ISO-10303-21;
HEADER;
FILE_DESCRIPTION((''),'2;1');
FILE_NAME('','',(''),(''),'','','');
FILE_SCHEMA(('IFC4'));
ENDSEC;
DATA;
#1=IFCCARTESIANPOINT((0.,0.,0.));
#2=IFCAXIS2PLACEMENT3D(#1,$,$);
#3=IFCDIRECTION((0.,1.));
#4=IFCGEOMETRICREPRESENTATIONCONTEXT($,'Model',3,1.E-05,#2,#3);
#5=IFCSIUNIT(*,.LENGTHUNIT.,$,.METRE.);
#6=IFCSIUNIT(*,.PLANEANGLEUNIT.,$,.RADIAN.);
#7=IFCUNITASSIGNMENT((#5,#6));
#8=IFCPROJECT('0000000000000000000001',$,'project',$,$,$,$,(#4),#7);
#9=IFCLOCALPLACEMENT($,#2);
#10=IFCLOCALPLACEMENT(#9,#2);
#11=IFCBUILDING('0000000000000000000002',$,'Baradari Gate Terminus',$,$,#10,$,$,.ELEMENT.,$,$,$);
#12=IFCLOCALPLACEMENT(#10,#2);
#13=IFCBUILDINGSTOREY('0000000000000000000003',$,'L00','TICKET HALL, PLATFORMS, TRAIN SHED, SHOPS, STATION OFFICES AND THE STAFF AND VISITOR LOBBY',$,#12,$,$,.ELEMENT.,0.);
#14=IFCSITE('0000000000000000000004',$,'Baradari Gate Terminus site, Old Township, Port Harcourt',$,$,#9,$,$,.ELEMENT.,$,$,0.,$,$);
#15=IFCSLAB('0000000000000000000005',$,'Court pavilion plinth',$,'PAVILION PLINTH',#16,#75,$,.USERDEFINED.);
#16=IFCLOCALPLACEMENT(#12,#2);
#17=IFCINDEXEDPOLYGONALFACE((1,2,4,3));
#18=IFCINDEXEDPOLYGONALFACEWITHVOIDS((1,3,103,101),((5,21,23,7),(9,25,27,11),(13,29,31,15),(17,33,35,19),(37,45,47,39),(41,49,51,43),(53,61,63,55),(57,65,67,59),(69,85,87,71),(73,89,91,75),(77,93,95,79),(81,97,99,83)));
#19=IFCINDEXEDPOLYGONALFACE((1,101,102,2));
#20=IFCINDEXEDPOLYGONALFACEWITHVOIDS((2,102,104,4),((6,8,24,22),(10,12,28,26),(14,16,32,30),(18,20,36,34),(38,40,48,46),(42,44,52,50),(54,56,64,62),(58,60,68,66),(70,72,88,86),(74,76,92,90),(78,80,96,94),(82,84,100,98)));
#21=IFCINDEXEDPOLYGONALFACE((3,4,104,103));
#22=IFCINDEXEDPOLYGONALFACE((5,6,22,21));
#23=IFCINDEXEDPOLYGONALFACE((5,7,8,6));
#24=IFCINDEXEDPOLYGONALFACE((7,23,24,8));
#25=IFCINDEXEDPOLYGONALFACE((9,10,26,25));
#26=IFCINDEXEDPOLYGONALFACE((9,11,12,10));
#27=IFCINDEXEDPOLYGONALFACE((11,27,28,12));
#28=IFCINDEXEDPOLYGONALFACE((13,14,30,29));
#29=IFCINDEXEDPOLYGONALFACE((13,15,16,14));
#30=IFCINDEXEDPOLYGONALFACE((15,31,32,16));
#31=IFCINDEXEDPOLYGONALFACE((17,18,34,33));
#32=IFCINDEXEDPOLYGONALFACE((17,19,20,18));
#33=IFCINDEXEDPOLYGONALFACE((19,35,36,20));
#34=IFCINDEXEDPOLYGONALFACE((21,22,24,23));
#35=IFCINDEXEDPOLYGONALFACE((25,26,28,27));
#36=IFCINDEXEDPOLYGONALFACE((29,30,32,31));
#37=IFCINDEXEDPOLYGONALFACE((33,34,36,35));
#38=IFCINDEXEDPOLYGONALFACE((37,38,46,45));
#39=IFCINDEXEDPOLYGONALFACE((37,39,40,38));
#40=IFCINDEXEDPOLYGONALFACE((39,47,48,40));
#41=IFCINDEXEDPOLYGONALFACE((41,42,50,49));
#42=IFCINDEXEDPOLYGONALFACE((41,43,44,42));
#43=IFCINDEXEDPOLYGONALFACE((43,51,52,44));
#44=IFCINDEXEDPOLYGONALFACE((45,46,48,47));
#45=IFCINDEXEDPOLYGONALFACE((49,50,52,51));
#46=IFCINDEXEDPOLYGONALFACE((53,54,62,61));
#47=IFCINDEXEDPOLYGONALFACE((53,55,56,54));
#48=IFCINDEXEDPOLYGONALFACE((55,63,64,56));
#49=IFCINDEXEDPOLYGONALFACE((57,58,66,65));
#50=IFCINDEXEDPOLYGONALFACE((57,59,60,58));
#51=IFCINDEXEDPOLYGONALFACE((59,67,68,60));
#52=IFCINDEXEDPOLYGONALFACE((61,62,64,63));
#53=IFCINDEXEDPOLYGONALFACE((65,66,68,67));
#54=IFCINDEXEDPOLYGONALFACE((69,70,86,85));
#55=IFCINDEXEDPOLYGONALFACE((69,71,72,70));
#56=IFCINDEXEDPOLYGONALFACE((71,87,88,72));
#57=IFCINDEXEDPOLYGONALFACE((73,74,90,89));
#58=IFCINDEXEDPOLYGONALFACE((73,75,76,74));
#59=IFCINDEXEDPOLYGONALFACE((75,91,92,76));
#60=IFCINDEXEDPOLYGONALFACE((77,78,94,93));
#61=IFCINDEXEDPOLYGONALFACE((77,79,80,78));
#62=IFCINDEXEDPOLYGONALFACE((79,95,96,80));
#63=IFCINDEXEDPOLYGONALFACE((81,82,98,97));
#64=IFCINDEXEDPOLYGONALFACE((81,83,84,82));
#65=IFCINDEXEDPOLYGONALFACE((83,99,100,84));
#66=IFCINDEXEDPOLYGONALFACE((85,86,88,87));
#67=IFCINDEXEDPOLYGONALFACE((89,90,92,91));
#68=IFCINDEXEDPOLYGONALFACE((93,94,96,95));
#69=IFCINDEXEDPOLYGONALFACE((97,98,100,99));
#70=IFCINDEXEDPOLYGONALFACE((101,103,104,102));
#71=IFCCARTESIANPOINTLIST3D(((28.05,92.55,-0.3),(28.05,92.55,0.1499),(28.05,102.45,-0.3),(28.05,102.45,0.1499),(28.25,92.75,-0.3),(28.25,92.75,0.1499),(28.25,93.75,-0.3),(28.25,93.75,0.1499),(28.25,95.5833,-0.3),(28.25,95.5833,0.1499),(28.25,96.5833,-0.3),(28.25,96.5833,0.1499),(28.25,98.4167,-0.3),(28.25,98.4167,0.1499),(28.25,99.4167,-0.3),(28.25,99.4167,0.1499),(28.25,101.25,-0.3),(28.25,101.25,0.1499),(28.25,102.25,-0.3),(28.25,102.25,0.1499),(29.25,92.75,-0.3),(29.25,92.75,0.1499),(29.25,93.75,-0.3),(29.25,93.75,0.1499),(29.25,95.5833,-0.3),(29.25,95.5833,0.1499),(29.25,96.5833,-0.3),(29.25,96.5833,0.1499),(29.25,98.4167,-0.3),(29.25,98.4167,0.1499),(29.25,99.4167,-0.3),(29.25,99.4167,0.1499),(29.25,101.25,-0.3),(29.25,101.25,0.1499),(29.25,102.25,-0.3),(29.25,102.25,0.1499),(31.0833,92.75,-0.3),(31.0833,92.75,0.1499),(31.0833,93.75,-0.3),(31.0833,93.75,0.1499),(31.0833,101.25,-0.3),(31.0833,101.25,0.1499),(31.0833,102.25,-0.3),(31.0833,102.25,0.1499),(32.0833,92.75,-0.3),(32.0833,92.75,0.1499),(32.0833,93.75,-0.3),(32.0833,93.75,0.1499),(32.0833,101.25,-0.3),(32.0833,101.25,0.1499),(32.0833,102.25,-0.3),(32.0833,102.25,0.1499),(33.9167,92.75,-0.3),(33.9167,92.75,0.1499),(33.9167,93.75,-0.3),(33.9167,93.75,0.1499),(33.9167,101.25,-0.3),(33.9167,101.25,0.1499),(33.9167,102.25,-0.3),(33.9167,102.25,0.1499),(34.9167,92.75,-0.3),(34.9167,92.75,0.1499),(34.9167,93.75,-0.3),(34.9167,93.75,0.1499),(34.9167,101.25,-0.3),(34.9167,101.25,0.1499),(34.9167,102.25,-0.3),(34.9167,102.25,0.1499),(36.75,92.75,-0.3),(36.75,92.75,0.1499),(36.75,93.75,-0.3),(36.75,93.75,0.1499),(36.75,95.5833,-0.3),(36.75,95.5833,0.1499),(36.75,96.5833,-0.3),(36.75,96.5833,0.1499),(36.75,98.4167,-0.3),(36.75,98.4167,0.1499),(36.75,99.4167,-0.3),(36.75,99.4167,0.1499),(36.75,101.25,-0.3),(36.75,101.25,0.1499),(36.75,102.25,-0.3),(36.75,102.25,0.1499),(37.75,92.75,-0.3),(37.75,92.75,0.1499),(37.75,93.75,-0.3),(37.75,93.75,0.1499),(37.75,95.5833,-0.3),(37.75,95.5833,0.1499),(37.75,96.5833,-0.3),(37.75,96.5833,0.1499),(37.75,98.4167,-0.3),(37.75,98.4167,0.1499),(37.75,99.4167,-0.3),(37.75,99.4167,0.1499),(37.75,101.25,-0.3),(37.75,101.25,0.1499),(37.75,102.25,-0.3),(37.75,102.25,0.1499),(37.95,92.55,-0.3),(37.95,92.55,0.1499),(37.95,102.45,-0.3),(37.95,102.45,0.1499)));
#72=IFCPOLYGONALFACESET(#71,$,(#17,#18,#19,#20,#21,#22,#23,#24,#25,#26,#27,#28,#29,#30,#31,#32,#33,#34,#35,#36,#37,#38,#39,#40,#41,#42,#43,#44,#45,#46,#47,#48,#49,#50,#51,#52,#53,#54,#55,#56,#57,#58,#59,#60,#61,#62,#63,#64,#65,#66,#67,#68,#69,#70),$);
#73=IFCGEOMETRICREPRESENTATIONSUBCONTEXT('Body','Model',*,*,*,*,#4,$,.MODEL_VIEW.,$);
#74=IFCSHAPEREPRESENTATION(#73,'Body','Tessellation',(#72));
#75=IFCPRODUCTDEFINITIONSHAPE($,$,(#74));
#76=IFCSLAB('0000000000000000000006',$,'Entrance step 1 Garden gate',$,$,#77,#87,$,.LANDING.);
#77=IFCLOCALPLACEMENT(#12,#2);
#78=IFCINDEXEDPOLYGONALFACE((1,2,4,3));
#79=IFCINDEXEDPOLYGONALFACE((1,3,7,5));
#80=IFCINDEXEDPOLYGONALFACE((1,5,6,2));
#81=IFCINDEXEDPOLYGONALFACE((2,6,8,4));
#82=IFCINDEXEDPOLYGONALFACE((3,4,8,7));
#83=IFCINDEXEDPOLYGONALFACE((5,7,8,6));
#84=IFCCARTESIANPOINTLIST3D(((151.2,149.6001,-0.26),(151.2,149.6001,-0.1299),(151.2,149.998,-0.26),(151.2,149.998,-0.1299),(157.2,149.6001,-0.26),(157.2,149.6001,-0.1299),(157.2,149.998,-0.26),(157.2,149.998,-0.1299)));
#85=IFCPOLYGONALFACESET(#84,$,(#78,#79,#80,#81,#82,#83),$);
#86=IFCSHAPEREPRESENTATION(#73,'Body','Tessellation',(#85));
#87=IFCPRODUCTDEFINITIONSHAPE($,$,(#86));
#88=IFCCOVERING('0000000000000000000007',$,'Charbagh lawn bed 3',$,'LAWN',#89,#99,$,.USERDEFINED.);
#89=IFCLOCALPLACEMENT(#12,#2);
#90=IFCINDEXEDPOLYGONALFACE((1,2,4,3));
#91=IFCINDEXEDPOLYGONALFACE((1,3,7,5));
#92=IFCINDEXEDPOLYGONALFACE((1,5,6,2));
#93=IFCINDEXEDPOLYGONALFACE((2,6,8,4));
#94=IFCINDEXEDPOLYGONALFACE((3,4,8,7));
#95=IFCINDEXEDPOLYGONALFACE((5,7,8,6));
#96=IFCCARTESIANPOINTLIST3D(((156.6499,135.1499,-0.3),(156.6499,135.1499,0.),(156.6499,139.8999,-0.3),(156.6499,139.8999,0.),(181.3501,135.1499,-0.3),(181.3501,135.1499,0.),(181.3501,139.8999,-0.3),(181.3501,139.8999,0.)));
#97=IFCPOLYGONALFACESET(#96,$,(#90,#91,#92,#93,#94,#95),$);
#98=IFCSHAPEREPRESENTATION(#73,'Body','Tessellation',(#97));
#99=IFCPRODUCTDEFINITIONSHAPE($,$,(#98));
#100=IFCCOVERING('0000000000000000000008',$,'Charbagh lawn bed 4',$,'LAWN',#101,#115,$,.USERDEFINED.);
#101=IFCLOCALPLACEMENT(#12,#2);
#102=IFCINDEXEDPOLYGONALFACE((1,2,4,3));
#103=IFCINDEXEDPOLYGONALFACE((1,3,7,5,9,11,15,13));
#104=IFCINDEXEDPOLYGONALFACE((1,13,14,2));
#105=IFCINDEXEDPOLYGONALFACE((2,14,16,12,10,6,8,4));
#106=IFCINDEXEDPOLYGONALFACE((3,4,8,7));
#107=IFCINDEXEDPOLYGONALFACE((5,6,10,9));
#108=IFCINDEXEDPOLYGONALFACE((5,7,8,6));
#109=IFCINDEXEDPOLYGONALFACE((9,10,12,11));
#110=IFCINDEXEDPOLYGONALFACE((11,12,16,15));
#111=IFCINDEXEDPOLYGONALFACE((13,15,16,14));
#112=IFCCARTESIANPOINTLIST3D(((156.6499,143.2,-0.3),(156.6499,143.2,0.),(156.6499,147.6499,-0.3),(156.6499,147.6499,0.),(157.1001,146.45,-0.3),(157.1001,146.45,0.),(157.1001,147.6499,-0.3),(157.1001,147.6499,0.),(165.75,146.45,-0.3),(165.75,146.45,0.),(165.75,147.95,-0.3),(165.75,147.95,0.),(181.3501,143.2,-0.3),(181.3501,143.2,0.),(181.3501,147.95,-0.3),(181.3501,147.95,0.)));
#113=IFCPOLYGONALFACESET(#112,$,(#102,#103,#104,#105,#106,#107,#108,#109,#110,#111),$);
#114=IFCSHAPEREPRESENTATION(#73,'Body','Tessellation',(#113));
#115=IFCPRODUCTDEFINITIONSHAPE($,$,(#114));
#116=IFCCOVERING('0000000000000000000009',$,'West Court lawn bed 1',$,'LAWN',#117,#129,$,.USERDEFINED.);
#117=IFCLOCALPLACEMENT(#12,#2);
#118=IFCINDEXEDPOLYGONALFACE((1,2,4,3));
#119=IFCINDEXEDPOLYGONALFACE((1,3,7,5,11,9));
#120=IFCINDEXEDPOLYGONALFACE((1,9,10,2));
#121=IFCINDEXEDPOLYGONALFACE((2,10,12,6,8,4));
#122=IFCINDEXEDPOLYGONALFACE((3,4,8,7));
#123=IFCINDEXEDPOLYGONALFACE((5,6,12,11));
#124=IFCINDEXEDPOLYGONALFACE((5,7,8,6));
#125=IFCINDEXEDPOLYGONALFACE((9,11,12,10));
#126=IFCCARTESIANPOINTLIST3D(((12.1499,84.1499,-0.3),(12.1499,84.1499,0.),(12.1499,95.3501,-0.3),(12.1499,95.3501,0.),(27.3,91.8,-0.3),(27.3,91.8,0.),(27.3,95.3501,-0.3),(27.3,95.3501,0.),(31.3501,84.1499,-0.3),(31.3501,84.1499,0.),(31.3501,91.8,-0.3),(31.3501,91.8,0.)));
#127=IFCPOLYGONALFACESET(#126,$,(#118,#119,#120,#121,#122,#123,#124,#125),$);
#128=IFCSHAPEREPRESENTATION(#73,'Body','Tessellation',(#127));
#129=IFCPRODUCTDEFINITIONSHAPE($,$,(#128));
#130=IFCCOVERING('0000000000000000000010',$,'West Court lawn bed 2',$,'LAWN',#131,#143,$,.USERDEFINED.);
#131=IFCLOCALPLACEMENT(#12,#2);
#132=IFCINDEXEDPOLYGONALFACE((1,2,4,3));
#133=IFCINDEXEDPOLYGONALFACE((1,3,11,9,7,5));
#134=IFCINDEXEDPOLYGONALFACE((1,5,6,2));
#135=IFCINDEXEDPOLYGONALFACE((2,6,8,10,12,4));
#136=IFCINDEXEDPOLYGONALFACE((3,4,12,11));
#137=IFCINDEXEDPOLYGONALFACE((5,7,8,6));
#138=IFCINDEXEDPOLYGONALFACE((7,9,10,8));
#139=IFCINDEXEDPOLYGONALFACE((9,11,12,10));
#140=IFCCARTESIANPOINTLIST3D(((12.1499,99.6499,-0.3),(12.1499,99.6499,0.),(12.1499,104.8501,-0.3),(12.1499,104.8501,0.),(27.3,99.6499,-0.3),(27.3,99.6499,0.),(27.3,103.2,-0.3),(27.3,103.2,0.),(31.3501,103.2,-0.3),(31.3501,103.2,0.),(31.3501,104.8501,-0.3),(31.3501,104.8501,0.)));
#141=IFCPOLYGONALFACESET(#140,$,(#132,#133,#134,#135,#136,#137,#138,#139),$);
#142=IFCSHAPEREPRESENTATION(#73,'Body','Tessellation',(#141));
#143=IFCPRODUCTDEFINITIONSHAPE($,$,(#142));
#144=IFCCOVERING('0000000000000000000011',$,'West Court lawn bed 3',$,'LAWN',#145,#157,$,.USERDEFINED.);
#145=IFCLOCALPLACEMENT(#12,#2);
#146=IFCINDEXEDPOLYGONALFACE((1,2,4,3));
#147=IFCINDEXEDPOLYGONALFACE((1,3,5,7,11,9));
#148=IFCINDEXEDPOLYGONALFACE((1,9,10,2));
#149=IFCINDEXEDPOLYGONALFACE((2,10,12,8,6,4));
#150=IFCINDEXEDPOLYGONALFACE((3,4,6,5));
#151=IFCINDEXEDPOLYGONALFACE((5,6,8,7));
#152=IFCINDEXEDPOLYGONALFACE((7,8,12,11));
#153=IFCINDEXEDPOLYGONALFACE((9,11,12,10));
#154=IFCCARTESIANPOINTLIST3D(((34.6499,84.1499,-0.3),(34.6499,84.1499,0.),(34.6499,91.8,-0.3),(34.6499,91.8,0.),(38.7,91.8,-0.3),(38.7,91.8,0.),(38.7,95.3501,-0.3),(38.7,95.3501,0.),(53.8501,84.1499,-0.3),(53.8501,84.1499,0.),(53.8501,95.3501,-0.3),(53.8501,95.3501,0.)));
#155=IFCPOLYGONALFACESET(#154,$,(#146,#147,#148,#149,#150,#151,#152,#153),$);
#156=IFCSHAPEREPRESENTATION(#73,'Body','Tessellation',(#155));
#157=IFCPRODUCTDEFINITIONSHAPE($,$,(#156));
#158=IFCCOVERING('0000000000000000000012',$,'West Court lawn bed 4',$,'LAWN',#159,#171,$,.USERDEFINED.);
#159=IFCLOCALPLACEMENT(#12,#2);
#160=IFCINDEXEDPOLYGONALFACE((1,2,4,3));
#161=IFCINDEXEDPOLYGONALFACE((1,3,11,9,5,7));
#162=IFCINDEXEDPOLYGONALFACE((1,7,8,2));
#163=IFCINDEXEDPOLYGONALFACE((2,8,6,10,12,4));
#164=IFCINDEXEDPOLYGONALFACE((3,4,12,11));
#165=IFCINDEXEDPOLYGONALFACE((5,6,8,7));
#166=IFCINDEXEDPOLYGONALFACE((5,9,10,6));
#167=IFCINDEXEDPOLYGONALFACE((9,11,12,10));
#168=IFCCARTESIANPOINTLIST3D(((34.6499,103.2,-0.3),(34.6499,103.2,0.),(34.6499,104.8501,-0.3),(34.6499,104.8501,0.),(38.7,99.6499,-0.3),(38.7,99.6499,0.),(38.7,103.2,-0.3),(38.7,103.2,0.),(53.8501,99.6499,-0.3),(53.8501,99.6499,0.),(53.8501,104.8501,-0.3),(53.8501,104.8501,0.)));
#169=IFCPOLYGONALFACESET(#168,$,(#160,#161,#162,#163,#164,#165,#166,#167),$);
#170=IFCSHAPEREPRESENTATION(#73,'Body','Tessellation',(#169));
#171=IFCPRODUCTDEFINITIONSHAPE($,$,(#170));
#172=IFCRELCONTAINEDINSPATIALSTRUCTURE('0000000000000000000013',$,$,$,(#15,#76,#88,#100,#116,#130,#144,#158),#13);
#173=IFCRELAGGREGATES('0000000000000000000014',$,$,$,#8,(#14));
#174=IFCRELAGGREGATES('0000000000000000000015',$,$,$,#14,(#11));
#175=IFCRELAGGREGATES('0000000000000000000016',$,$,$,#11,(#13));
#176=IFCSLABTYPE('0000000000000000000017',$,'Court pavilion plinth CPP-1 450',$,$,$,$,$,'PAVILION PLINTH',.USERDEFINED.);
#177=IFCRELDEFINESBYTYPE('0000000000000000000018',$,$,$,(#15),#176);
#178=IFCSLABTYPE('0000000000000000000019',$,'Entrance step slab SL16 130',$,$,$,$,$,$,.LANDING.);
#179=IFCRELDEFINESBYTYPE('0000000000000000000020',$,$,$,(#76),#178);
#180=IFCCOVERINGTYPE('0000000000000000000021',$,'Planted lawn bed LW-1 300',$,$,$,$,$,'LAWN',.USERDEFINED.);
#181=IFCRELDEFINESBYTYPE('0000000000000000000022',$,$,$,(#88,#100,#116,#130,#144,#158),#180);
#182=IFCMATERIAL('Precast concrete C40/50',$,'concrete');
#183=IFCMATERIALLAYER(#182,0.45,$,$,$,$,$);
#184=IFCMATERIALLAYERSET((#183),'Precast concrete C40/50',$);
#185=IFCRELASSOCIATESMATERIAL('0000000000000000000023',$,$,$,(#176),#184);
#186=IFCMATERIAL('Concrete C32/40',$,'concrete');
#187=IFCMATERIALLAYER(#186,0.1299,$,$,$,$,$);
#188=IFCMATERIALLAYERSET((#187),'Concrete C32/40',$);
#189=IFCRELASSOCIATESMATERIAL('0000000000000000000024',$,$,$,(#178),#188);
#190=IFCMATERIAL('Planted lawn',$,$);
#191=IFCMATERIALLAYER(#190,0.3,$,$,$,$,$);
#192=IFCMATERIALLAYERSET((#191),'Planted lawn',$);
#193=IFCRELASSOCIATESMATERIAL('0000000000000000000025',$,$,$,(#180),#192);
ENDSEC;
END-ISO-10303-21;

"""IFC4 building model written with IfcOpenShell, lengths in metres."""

from ifc_helpers import new_model, si_unit, direction, frame, origin, place, context, subcontext, project, spatial, polyline, outline, extrude, material, layer, layer_set, type_object, element, save


model = new_model("IFC4")

# Units and contexts
model_context = context("Model", 3, precision=1e-05, world=origin(), true_north=direction((0.0, 1.0)))
body_context = subcontext(model_context, "Body", "Model", "MODEL_VIEW")
ifc_project = project(units=[si_unit("LENGTHUNIT", "METRE"), si_unit("PLANEANGLEUNIT", "RADIAN")], contexts=[model_context])

# Site, building, storey
site_placement = place(None, origin())
site = spatial("IfcSite", under=ifc_project, at=site_placement, Name="Baradari Gate Terminus site, Old Township, Port Harcourt", CompositionType="ELEMENT", RefElevation=0.0)
building_placement = place(site_placement, origin())
building = spatial("IfcBuilding", under=site, at=building_placement, Name="Baradari Gate Terminus", CompositionType="ELEMENT")
storey_placement = place(building_placement, origin())
storey = spatial("IfcBuildingStorey", under=building, at=storey_placement, Name="L00", Description="TICKET HALL, PLATFORMS, TRAIN SHED, SHOPS, STATION OFFICES AND THE STAFF AND VISITOR LOBBY", CompositionType="ELEMENT", Elevation=0.0)

# Slabs
ifc_material_1 = material(Name="Precast concrete C40/50", Category="concrete")
ifc_layer_1 = layer(ifc_material_1, 0.45)
ifc_layer_set_1 = layer_set([ifc_layer_1], Name="Precast concrete C40/50")
slab_type_1 = type_object("IfcSlabType", Name="Court pavilion plinth CPP-1 450", ElementType="PAVILION PLINTH", PredefinedType="USERDEFINED", material=ifc_layer_set_1)
slab_1_placement = place(storey_placement, frame((0.0, 0.0, -0.3)))
element("IfcSlab", 1, at=slab_1_placement, inside=storey, type_object=slab_type_1, Name="Court pavilion plinth", ObjectType="PAVILION PLINTH", PredefinedType="USERDEFINED", context=body_context, shape_type="SweptSolid", body=[
    extrude(outline(polyline([(28.05, 92.55), (37.95, 92.55), (37.95, 102.45), (28.05, 102.45), (28.05, 92.55)]), holes=[polyline([(28.25, 92.75), (29.25, 92.75), (29.25, 93.75), (28.25, 93.75), (28.25, 92.75)]), polyline([(31.0833, 92.75), (32.0833, 92.75), (32.0833, 93.75), (31.0833, 93.75), (31.0833, 92.75)]), polyline([(33.9167, 92.75), (34.9167, 92.75), (34.9167, 93.75), (33.9167, 93.75), (33.9167, 92.75)]), polyline([(36.75, 92.75), (37.75, 92.75), (37.75, 93.75), (36.75, 93.75), (36.75, 92.75)]), polyline([(36.75, 95.5833), (37.75, 95.5833), (37.75, 96.5833), (36.75, 96.5833), (36.75, 95.5833)]), polyline([(36.75, 98.4167), (37.75, 98.4167), (37.75, 99.4167), (36.75, 99.4167), (36.75, 98.4167)]), polyline([(36.75, 101.25), (37.75, 101.25), (37.75, 102.25), (36.75, 102.25), (36.75, 101.25)]), polyline([(33.9167, 101.25), (34.9167, 101.25), (34.9167, 102.25), (33.9167, 102.25), (33.9167, 101.25)]), polyline([(31.0833, 101.25), (32.0833, 101.25), (32.0833, 102.25), (31.0833, 102.25), (31.0833, 101.25)]), polyline([(28.25, 101.25), (29.25, 101.25), (29.25, 102.25), (28.25, 102.25), (28.25, 101.25)]), polyline([(28.25, 98.4167), (29.25, 98.4167), (29.25, 99.4167), (28.25, 99.4167), (28.25, 98.4167)]), polyline([(28.25, 95.5833), (29.25, 95.5833), (29.25, 96.5833), (28.25, 96.5833), (28.25, 95.5833)])]), origin(), (0.0, 0.0, 1.0), 0.45),
])
ifc_material_2 = material(Name="Concrete C32/40", Category="concrete")
ifc_layer_2 = layer(ifc_material_2, 0.1299)
ifc_layer_set_2 = layer_set([ifc_layer_2], Name="Concrete C32/40")
slab_type_2 = type_object("IfcSlabType", Name="Entrance step slab SL16 130", PredefinedType="LANDING", material=ifc_layer_set_2)
slab_2_placement = place(storey_placement, frame((0.0, 0.0, -0.26)))
element("IfcSlab", 2, at=slab_2_placement, inside=storey, type_object=slab_type_2, Name="Entrance step 1 Garden gate", PredefinedType="LANDING", context=body_context, shape_type="SweptSolid", body=[
    extrude(outline(polyline([(157.2, 149.6001), (157.2, 149.998), (151.2, 149.998), (151.2, 149.6001), (157.2, 149.6001)])), origin(), (0.0, 0.0, 1.0), 0.1301),
])

# Coverings
ifc_material_3 = material(Name="Planted lawn")
ifc_layer_3 = layer(ifc_material_3, 0.3)
ifc_layer_set_3 = layer_set([ifc_layer_3], Name="Planted lawn")
covering_type_1 = type_object("IfcCoveringType", Name="Planted lawn bed LW-1 300", ElementType="LAWN", PredefinedType="USERDEFINED", material=ifc_layer_set_3)
covering_1_placement = place(storey_placement, frame((0.0, 0.0, -0.3)))
element("IfcCovering", 3, at=covering_1_placement, inside=storey, type_object=covering_type_1, Name="Charbagh lawn bed 3", ObjectType="LAWN", PredefinedType="USERDEFINED", context=body_context, shape_type="SweptSolid", body=[
    extrude(outline(polyline([(156.6499, 135.1499), (181.3501, 135.1499), (181.3501, 139.8999), (156.6499, 139.8999), (156.6499, 135.1499)])), origin(), (0.0, 0.0, 1.0), 0.3),
])
covering_2_placement = place(storey_placement, frame((0.0, 0.0, -0.3)))
element("IfcCovering", 4, at=covering_2_placement, inside=storey, type_object=covering_type_1, Name="Charbagh lawn bed 4", ObjectType="LAWN", PredefinedType="USERDEFINED", context=body_context, shape_type="SweptSolid", body=[
    extrude(outline(polyline([(181.3501, 147.95), (165.75, 147.95), (165.75, 146.45), (157.1001, 146.45), (157.1001, 147.6499), (156.6499, 147.6499), (156.6499, 143.2), (181.3501, 143.2), (181.3501, 147.95)])), origin(), (0.0, 0.0, 1.0), 0.3),
])
covering_3_placement = place(storey_placement, frame((0.0, 0.0, -0.3)))
element("IfcCovering", 5, at=covering_3_placement, inside=storey, type_object=covering_type_1, Name="West Court lawn bed 1", ObjectType="LAWN", PredefinedType="USERDEFINED", context=body_context, shape_type="SweptSolid", body=[
    extrude(outline(polyline([(12.1499, 95.3501), (12.1499, 84.1499), (31.3501, 84.1499), (31.3501, 91.8), (27.3, 91.8), (27.3, 95.3501), (12.1499, 95.3501)])), origin(), (0.0, 0.0, 1.0), 0.3),
])
covering_4_placement = place(storey_placement, frame((0.0, 0.0, -0.3)))
element("IfcCovering", 6, at=covering_4_placement, inside=storey, type_object=covering_type_1, Name="West Court lawn bed 2", ObjectType="LAWN", PredefinedType="USERDEFINED", context=body_context, shape_type="SweptSolid", body=[
    extrude(outline(polyline([(12.1499, 104.8501), (12.1499, 99.6499), (27.3, 99.6499), (27.3, 103.2), (31.3501, 103.2), (31.3501, 104.8501), (12.1499, 104.8501)])), origin(), (0.0, 0.0, 1.0), 0.3),
])
covering_5_placement = place(storey_placement, frame((0.0, 0.0, -0.3)))
element("IfcCovering", 7, at=covering_5_placement, inside=storey, type_object=covering_type_1, Name="West Court lawn bed 3", ObjectType="LAWN", PredefinedType="USERDEFINED", context=body_context, shape_type="SweptSolid", body=[
    extrude(outline(polyline([(34.6499, 91.8), (34.6499, 84.1499), (53.8501, 84.1499), (53.8501, 95.3501), (38.7, 95.3501), (38.7, 91.8), (34.6499, 91.8)])), origin(), (0.0, 0.0, 1.0), 0.3),
])
covering_6_placement = place(storey_placement, frame((0.0, 0.0, -0.3)))
element("IfcCovering", 8, at=covering_6_placement, inside=storey, type_object=covering_type_1, Name="West Court lawn bed 4", ObjectType="LAWN", PredefinedType="USERDEFINED", context=body_context, shape_type="SweptSolid", body=[
    extrude(outline(polyline([(34.6499, 104.8501), (34.6499, 103.2), (38.7, 103.2), (38.7, 99.6499), (53.8501, 99.6499), (53.8501, 104.8501), (34.6499, 104.8501)])), origin(), (0.0, 0.0, 1.0), 0.3),
])

save(model, "model.ifc")
